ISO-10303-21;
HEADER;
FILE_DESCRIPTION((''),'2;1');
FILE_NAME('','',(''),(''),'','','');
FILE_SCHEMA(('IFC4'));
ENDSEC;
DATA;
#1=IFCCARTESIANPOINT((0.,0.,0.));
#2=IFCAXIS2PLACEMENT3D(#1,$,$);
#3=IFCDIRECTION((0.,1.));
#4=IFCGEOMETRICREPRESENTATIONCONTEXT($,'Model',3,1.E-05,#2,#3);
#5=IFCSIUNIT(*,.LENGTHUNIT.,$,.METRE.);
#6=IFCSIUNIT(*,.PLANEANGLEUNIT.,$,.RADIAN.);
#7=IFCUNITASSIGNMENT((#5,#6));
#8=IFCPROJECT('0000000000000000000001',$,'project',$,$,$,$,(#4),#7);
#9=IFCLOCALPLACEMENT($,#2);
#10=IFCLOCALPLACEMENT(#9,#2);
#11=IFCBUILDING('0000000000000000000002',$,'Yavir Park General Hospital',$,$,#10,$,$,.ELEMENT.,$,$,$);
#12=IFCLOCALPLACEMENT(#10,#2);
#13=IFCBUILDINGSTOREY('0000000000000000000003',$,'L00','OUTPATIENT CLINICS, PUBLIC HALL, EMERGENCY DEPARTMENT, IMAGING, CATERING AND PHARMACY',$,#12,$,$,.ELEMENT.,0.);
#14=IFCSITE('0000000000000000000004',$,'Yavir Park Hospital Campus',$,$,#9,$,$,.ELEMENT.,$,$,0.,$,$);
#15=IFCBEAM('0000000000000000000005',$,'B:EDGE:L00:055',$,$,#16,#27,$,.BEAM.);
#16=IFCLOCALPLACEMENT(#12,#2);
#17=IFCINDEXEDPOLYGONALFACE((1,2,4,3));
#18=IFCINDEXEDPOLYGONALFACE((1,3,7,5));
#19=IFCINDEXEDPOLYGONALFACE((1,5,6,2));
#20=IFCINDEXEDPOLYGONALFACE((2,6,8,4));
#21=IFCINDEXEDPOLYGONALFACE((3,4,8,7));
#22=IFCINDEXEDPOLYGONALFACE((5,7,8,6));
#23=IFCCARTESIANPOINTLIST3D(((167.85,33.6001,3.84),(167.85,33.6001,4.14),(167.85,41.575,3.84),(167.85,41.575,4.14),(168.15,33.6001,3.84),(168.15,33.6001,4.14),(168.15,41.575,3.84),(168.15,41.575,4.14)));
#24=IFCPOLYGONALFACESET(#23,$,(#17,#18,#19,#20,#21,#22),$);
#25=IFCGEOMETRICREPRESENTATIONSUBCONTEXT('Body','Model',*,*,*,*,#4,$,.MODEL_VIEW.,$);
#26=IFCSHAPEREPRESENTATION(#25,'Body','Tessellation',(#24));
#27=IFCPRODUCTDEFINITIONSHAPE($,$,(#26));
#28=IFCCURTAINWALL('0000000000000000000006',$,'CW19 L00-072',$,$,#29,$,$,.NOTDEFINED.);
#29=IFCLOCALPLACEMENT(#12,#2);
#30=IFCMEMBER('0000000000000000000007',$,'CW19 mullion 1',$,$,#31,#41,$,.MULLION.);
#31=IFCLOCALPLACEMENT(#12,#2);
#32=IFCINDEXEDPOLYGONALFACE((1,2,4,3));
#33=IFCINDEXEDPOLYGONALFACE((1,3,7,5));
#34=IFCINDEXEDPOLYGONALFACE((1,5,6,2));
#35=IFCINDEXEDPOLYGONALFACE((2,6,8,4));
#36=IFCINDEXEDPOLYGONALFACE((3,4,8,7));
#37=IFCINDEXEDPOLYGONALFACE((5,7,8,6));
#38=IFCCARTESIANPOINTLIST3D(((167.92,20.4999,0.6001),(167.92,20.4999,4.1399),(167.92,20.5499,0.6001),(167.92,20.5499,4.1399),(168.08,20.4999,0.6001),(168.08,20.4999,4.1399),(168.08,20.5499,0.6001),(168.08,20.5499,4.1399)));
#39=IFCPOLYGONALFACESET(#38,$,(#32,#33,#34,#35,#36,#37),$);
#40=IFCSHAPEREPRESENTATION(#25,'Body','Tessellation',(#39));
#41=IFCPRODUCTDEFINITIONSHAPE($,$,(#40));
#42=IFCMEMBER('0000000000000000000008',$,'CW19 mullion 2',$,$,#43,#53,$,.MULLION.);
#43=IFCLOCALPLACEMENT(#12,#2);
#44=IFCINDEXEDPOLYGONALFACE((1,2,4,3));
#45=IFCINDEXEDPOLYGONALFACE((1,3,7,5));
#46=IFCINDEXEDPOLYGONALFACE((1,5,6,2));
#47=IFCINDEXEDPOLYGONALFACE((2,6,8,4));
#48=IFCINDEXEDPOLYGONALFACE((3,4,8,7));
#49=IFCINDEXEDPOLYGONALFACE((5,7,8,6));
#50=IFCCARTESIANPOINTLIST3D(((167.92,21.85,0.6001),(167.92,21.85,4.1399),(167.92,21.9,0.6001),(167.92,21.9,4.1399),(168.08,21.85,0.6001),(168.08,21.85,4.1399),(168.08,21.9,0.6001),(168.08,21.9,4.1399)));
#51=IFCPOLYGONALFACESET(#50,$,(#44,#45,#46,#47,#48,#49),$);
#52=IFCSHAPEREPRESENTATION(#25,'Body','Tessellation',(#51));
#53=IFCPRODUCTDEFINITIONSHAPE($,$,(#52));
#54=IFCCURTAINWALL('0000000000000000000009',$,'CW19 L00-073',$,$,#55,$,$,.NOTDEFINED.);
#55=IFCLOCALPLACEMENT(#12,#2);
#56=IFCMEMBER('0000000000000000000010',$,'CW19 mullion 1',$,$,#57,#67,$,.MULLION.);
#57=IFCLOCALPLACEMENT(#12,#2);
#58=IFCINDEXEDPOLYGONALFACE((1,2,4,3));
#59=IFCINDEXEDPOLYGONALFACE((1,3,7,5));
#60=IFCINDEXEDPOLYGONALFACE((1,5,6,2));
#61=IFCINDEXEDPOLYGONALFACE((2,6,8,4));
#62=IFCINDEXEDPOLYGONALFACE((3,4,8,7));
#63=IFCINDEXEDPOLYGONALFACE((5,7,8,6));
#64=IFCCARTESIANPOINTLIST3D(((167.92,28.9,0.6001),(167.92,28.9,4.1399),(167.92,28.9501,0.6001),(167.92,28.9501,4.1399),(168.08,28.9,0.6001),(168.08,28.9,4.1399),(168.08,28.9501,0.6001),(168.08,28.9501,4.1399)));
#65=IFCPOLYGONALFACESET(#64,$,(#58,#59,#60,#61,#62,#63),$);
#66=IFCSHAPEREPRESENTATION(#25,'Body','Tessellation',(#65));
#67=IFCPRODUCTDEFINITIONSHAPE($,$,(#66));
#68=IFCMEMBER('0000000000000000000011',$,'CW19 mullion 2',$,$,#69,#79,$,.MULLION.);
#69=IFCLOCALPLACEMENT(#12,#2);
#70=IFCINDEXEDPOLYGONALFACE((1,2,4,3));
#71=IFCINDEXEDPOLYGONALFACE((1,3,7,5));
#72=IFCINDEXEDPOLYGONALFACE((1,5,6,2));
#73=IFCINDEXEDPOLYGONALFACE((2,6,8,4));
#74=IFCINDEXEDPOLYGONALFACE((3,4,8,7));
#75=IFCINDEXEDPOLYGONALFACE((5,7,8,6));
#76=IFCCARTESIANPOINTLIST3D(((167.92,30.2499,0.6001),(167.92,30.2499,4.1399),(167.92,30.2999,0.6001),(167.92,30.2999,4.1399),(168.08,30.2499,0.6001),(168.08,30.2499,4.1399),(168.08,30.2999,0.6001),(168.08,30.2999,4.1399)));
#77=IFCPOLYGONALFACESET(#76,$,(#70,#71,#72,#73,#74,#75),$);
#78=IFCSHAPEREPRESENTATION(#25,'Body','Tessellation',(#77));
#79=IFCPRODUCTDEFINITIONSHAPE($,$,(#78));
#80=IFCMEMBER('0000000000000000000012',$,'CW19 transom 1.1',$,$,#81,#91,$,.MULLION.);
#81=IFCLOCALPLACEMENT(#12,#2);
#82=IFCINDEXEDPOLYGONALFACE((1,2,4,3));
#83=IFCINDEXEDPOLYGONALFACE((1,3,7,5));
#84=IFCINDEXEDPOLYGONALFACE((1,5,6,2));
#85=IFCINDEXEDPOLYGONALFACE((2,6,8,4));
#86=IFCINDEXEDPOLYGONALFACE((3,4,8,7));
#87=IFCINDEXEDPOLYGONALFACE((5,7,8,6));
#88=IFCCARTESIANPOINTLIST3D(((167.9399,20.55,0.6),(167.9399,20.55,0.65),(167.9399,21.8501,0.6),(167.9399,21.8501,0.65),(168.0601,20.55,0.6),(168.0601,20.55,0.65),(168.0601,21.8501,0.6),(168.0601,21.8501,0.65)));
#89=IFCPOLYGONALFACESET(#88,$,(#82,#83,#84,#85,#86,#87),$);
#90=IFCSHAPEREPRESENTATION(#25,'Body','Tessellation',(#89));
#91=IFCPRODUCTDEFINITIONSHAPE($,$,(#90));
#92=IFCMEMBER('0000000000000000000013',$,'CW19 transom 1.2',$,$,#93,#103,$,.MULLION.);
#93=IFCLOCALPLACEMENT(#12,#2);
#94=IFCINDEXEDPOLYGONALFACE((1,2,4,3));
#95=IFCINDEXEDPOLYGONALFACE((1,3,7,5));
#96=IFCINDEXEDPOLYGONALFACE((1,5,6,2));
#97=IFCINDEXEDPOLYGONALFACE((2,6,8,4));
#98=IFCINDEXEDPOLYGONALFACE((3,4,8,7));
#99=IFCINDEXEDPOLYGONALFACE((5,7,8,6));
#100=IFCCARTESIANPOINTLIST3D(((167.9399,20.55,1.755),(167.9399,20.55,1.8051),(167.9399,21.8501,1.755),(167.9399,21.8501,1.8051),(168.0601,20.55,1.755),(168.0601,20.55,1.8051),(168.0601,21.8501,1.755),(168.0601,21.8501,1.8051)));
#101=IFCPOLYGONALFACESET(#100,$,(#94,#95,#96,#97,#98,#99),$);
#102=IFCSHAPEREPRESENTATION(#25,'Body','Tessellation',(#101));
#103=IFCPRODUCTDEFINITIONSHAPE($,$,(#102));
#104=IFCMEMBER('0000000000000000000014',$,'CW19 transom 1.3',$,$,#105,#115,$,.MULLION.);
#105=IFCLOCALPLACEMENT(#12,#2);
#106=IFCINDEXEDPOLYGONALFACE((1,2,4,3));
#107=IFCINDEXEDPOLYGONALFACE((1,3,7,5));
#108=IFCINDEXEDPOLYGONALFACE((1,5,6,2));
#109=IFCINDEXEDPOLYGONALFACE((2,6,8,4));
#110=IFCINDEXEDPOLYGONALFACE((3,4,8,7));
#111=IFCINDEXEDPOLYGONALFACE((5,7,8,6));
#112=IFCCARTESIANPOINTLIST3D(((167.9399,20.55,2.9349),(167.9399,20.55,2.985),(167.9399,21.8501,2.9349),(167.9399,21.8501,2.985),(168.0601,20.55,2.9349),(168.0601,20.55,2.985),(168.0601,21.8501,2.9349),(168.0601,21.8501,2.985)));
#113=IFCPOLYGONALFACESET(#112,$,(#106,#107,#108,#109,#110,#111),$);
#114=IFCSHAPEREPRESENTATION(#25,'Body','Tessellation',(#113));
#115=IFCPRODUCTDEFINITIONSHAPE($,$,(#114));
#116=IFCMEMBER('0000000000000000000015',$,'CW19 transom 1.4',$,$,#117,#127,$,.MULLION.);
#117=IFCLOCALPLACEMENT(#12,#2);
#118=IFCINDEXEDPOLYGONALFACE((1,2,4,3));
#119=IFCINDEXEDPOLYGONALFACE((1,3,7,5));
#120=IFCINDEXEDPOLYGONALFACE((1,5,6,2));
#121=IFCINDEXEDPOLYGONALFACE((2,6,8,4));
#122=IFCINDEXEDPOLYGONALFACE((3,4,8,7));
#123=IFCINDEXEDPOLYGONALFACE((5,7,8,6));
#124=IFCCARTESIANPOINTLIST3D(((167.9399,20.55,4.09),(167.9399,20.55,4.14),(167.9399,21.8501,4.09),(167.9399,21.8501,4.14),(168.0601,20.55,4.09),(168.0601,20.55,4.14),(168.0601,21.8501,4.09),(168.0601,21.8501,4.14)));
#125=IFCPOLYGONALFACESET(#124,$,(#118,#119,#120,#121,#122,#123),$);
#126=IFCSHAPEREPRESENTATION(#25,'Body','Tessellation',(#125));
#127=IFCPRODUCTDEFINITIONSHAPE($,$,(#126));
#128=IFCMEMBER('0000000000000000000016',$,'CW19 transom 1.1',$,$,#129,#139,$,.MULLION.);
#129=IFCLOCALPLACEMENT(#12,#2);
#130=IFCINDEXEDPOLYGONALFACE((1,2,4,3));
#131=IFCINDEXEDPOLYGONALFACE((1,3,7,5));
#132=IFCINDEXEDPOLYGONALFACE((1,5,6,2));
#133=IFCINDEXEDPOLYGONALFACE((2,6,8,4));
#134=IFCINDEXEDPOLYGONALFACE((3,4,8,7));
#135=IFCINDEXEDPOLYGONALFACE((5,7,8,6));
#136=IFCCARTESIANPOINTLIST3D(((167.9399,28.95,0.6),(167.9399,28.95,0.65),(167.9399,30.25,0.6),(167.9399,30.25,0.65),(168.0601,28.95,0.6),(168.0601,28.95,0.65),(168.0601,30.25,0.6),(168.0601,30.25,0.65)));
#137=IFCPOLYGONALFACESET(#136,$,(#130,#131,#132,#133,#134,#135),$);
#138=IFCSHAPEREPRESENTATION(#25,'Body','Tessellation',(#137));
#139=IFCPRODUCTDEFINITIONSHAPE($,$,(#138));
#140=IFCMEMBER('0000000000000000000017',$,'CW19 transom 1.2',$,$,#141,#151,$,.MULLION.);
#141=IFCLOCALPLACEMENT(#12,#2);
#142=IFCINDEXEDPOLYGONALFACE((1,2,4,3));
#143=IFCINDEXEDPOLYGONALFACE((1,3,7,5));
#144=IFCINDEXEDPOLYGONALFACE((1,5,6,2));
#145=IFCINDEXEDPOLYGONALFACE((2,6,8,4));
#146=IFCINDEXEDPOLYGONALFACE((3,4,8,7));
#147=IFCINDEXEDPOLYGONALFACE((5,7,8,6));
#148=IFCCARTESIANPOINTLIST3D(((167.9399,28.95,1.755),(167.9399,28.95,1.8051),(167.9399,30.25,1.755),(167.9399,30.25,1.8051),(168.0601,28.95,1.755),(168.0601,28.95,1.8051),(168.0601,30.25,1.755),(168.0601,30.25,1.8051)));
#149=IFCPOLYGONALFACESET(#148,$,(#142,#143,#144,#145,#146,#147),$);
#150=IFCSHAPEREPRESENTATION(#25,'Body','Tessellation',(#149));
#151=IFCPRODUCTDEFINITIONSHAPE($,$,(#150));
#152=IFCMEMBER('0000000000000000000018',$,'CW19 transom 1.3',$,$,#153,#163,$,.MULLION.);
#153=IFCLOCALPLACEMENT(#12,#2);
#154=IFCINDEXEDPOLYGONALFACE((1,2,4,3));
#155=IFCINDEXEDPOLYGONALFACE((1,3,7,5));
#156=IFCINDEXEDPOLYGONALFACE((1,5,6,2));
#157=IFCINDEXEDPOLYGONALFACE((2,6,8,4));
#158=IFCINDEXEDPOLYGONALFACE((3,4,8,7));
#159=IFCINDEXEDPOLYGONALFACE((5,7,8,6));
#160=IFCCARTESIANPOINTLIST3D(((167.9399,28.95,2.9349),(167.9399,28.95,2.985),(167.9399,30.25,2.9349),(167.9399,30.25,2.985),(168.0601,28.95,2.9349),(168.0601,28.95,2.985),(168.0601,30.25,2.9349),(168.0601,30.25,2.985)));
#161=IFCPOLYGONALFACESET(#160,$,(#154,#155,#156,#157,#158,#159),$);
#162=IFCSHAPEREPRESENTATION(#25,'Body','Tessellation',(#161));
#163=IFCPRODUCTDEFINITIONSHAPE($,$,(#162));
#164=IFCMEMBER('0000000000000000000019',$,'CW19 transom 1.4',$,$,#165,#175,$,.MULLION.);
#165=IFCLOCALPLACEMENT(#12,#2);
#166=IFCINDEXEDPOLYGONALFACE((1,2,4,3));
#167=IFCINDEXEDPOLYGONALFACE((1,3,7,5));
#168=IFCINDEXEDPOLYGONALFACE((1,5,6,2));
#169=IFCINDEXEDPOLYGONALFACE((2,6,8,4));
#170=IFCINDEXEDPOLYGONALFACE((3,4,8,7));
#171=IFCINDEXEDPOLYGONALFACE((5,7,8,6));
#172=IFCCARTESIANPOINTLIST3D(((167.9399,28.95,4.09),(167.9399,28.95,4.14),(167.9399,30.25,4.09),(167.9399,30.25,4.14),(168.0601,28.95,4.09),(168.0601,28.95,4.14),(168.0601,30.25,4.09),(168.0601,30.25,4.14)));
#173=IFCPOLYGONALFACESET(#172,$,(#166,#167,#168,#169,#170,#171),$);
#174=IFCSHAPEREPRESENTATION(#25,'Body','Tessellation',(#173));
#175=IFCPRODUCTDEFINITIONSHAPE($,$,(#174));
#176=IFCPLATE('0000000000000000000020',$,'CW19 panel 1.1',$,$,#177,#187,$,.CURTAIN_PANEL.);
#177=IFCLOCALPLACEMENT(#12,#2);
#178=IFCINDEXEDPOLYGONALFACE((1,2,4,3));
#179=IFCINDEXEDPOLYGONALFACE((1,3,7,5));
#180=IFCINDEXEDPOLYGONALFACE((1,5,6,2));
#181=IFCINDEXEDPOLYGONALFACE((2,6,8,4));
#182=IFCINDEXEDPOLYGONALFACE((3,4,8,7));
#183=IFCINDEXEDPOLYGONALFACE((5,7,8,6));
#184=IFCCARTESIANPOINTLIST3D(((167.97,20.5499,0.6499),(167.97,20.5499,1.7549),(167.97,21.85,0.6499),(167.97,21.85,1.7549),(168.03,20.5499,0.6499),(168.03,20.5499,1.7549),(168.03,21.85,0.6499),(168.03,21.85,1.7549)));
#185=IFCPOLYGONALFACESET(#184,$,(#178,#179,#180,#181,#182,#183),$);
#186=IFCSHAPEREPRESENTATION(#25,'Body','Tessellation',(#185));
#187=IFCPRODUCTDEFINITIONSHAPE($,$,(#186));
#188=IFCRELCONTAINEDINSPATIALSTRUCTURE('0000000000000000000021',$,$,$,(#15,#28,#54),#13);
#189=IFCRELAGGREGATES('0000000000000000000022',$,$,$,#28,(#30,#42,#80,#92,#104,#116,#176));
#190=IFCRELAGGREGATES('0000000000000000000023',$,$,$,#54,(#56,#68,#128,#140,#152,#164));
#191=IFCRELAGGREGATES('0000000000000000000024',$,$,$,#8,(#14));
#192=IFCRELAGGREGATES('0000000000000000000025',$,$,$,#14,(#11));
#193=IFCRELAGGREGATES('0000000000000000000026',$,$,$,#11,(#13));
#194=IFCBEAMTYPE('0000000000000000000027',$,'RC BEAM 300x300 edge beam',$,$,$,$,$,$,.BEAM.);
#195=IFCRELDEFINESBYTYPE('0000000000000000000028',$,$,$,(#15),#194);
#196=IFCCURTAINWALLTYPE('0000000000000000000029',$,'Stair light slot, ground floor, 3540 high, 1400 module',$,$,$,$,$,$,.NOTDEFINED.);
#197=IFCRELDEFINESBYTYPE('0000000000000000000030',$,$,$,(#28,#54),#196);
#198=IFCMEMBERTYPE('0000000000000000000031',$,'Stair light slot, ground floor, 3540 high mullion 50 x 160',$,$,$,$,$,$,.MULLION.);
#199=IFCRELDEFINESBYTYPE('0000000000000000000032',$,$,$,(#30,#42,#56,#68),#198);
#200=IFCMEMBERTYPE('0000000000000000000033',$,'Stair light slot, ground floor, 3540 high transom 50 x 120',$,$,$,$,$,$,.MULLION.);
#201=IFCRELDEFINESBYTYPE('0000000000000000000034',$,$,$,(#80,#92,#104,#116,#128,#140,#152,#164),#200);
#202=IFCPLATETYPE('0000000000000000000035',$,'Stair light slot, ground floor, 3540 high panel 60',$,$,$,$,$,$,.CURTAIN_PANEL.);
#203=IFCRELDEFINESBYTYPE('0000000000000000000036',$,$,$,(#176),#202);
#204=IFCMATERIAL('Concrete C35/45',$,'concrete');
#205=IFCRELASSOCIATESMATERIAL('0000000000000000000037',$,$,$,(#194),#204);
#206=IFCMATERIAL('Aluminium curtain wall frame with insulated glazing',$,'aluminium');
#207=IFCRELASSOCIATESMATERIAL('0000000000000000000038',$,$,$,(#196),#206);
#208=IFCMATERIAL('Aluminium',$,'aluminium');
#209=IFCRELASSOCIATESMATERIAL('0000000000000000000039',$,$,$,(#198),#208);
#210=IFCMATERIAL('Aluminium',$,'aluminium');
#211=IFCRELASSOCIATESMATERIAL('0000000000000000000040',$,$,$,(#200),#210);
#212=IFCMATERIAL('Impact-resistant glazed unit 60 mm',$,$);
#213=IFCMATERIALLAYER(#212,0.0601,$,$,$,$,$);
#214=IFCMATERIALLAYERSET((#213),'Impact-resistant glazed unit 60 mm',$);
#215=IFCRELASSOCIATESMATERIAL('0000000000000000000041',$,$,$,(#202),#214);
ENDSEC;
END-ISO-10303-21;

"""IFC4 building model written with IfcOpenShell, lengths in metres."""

from ifc_helpers import new_model, si_unit, direction, frame, origin, origin_2d, place, context, subcontext, project, spatial, rectangle, extrude, material, layer, layer_set, material_profile, profile_set, type_object, element, aggregate, save


model = new_model("IFC4")

# Units and contexts
model_context = context("Model", 3, precision=1e-05, world=origin(), true_north=direction((0.0, 1.0)))
body_context = subcontext(model_context, "Body", "Model", "MODEL_VIEW")
ifc_project = project(units=[si_unit("LENGTHUNIT", "METRE"), si_unit("PLANEANGLEUNIT", "RADIAN")], contexts=[model_context])

# Site, building, storey
site_placement = place(None, origin())
site = spatial("IfcSite", under=ifc_project, at=site_placement, Name="Yavir Park Hospital Campus", CompositionType="ELEMENT", RefElevation=0.0)
building_placement = place(site_placement, origin())
building = spatial("IfcBuilding", under=site, at=building_placement, Name="Yavir Park General Hospital", CompositionType="ELEMENT")
storey_placement = place(building_placement, origin())
storey = spatial("IfcBuildingStorey", under=building, at=storey_placement, Name="L00", Description="OUTPATIENT CLINICS, PUBLIC HALL, EMERGENCY DEPARTMENT, IMAGING, CATERING AND PHARMACY", CompositionType="ELEMENT", Elevation=0.0)

# Beam
ifc_material_1 = material(Name="Concrete C35/45", Category="concrete")
ifc_material_profile_1 = material_profile(ifc_material_1, rectangle(XDim=0.3, YDim=0.3, at=origin_2d()), Name="RC300x300")
ifc_profile_set_1 = profile_set([ifc_material_profile_1], Name="Concrete C35/45")
beam_type = type_object("IfcBeamType", Name="RC BEAM 300x300 edge beam", PredefinedType="BEAM", material=ifc_profile_set_1)
beam_placement = place(storey_placement, frame((168.0, 33.6001, 3.99), z_axis=(0.0, 1.0, 0.0), x_axis=(-1.0, 0.0, 0.0)))
element("IfcBeam", 1, at=beam_placement, inside=storey, type_object=beam_type, Name="B:EDGE:L00:055", PredefinedType="BEAM", context=body_context, shape_type="SweptSolid", body=[
    extrude(rectangle(XDim=0.3, YDim=0.3, at=origin_2d()), origin(), (0.0, 0.0, 1.0), 7.9749),
])

# Curtain walls, members
ifc_material_2 = material(Name="Aluminium curtain wall frame with insulated glazing", Category="aluminium")
curtain_wall_type = type_object("IfcCurtainWallType", Name="Stair light slot, ground floor, 3540 high, 1400 module", PredefinedType="NOTDEFINED", material=ifc_material_2)
curtain_wall_1_placement = place(storey_placement, origin())
curtain_wall_1 = element("IfcCurtainWall", 2, at=curtain_wall_1_placement, inside=storey, type_object=curtain_wall_type, Name="CW19 L00-072", PredefinedType="NOTDEFINED")
ifc_material_3 = material(Name="Aluminium", Category="aluminium")
ifc_material_profile_2 = material_profile(ifc_material_3, rectangle(XDim=0.1599, YDim=0.05, at=origin_2d()), Name="AL 50x160")
ifc_profile_set_2 = profile_set([ifc_material_profile_2], Name="Aluminium")
member_type_1 = type_object("IfcMemberType", Name="Stair light slot, ground floor, 3540 high mullion 50 x 160", PredefinedType="MULLION", material=ifc_profile_set_2)
member_1_placement = place(storey_placement, frame((168.0, 20.5249, 0.6001), z_axis=(0.0, 0.0, 1.0), x_axis=(-1.0, 0.0, 0.0)))
member_1 = element("IfcMember", 3, at=member_1_placement, type_object=member_type_1, Name="CW19 mullion 1", PredefinedType="MULLION", context=body_context, shape_type="SweptSolid", body=[
    extrude(rectangle(XDim=0.1599, YDim=0.05, at=origin_2d()), origin(), (0.0, 0.0, 1.0), 3.5398),
])
member_2_placement = place(storey_placement, frame((168.0, 21.875, 0.6001), z_axis=(0.0, 0.0, 1.0), x_axis=(-1.0, 0.0, 0.0)))
member_2 = element("IfcMember", 4, at=member_2_placement, type_object=member_type_1, Name="CW19 mullion 2", PredefinedType="MULLION", context=body_context, shape_type="SweptSolid", body=[
    extrude(rectangle(XDim=0.1599, YDim=0.05, at=origin_2d()), origin(), (0.0, 0.0, 1.0), 3.5398),
])
curtain_wall_2_placement = place(storey_placement, origin())
curtain_wall_2 = element("IfcCurtainWall", 5, at=curtain_wall_2_placement, inside=storey, type_object=curtain_wall_type, Name="CW19 L00-073", PredefinedType="NOTDEFINED")
member_3_placement = place(storey_placement, frame((168.0, 28.925, 0.6001), z_axis=(0.0, 0.0, 1.0), x_axis=(-1.0, 0.0, 0.0)))
member_3 = element("IfcMember", 6, at=member_3_placement, type_object=member_type_1, Name="CW19 mullion 1", PredefinedType="MULLION", context=body_context, shape_type="SweptSolid", body=[
    extrude(rectangle(XDim=0.1599, YDim=0.05, at=origin_2d()), origin(), (0.0, 0.0, 1.0), 3.5398),
])
member_4_placement = place(storey_placement, frame((168.0, 30.2749, 0.6001), z_axis=(0.0, 0.0, 1.0), x_axis=(-1.0, 0.0, 0.0)))
member_4 = element("IfcMember", 7, at=member_4_placement, type_object=member_type_1, Name="CW19 mullion 2", PredefinedType="MULLION", context=body_context, shape_type="SweptSolid", body=[
    extrude(rectangle(XDim=0.1599, YDim=0.05, at=origin_2d()), origin(), (0.0, 0.0, 1.0), 3.5398),
])

# Members
ifc_material_4 = material(Name="Aluminium", Category="aluminium")
ifc_material_profile_3 = material_profile(ifc_material_4, rectangle(XDim=0.1201, YDim=0.05, at=origin_2d()), Name="AL 120x50")
ifc_profile_set_3 = profile_set([ifc_material_profile_3], Name="Aluminium")
member_type_2 = type_object("IfcMemberType", Name="Stair light slot, ground floor, 3540 high transom 50 x 120", PredefinedType="MULLION", material=ifc_profile_set_3)
member_5_placement = place(storey_placement, frame((168.0, 20.55, 0.625), z_axis=(0.0, 1.0, 0.0), x_axis=(-1.0, 0.0, 0.0)))
member_5 = element("IfcMember", 8, at=member_5_placement, type_object=member_type_2, Name="CW19 transom 1.1", PredefinedType="MULLION", context=body_context, shape_type="SweptSolid", body=[
    extrude(rectangle(XDim=0.1201, YDim=0.05, at=origin_2d()), origin(), (0.0, 0.0, 1.0), 1.3),
])
member_6_placement = place(storey_placement, frame((168.0, 20.55, 1.78), z_axis=(0.0, 1.0, 0.0), x_axis=(-1.0, 0.0, 0.0)))
member_6 = element("IfcMember", 9, at=member_6_placement, type_object=member_type_2, Name="CW19 transom 1.2", PredefinedType="MULLION", context=body_context, shape_type="SweptSolid", body=[
    extrude(rectangle(XDim=0.1201, YDim=0.05, at=origin_2d()), origin(), (0.0, 0.0, 1.0), 1.3),
])
member_7_placement = place(storey_placement, frame((168.0, 20.55, 2.96), z_axis=(0.0, 1.0, 0.0), x_axis=(-1.0, 0.0, 0.0)))
member_7 = element("IfcMember", 10, at=member_7_placement, type_object=member_type_2, Name="CW19 transom 1.3", PredefinedType="MULLION", context=body_context, shape_type="SweptSolid", body=[
    extrude(rectangle(XDim=0.1201, YDim=0.05, at=origin_2d()), origin(), (0.0, 0.0, 1.0), 1.3),
])
member_8_placement = place(storey_placement, frame((168.0, 20.55, 4.115), z_axis=(0.0, 1.0, 0.0), x_axis=(-1.0, 0.0, 0.0)))
member_8 = element("IfcMember", 11, at=member_8_placement, type_object=member_type_2, Name="CW19 transom 1.4", PredefinedType="MULLION", context=body_context, shape_type="SweptSolid", body=[
    extrude(rectangle(XDim=0.1201, YDim=0.05, at=origin_2d()), origin(), (0.0, 0.0, 1.0), 1.3),
])
member_9_placement = place(storey_placement, frame((168.0, 28.95, 0.625), z_axis=(0.0, 1.0, 0.0), x_axis=(-1.0, 0.0, 0.0)))
member_9 = element("IfcMember", 12, at=member_9_placement, type_object=member_type_2, Name="CW19 transom 1.1", PredefinedType="MULLION", context=body_context, shape_type="SweptSolid", body=[
    extrude(rectangle(XDim=0.1201, YDim=0.05, at=origin_2d()), origin(), (0.0, 0.0, 1.0), 1.3),
])
member_10_placement = place(storey_placement, frame((168.0, 28.95, 1.78), z_axis=(0.0, 1.0, 0.0), x_axis=(-1.0, 0.0, 0.0)))
member_10 = element("IfcMember", 13, at=member_10_placement, type_object=member_type_2, Name="CW19 transom 1.2", PredefinedType="MULLION", context=body_context, shape_type="SweptSolid", body=[
    extrude(rectangle(XDim=0.1201, YDim=0.05, at=origin_2d()), origin(), (0.0, 0.0, 1.0), 1.3),
])
member_11_placement = place(storey_placement, frame((168.0, 28.95, 2.96), z_axis=(0.0, 1.0, 0.0), x_axis=(-1.0, 0.0, 0.0)))
member_11 = element("IfcMember", 14, at=member_11_placement, type_object=member_type_2, Name="CW19 transom 1.3", PredefinedType="MULLION", context=body_context, shape_type="SweptSolid", body=[
    extrude(rectangle(XDim=0.1201, YDim=0.05, at=origin_2d()), origin(), (0.0, 0.0, 1.0), 1.3),
])
member_12_placement = place(storey_placement, frame((168.0, 28.95, 4.115), z_axis=(0.0, 1.0, 0.0), x_axis=(-1.0, 0.0, 0.0)))
member_12 = element("IfcMember", 15, at=member_12_placement, type_object=member_type_2, Name="CW19 transom 1.4", PredefinedType="MULLION", context=body_context, shape_type="SweptSolid", body=[
    extrude(rectangle(XDim=0.1201, YDim=0.05, at=origin_2d()), origin(), (0.0, 0.0, 1.0), 1.3),
])

# Plate
ifc_material_5 = material(Name="Impact-resistant glazed unit 60 mm")
ifc_layer_1 = layer(ifc_material_5, 0.0601)
ifc_layer_set_1 = layer_set([ifc_layer_1], Name="Impact-resistant glazed unit 60 mm")
plate_type = type_object("IfcPlateType", Name="Stair light slot, ground floor, 3540 high panel 60", PredefinedType="CURTAIN_PANEL", material=ifc_layer_set_1)
plate_1_placement = place(storey_placement, frame((168.0, 21.2, 0.6499), z_axis=(0.0, 0.0, 1.0), x_axis=(0.0, 1.0, 0.0)))
plate_1 = element("IfcPlate", 16, at=plate_1_placement, type_object=plate_type, Name="CW19 panel 1.1", PredefinedType="CURTAIN_PANEL", context=body_context, shape_type="SweptSolid", body=[
    extrude(rectangle(XDim=1.3, YDim=0.0601, at=origin_2d()), origin(), (0.0, 0.0, 1.0), 1.105),
])
aggregate(curtain_wall_1, [member_1, member_2, member_5, member_6, member_7, member_8, plate_1])
aggregate(curtain_wall_2, [member_3, member_4, member_9, member_10, member_11, member_12])

save(model, "model.ifc")
